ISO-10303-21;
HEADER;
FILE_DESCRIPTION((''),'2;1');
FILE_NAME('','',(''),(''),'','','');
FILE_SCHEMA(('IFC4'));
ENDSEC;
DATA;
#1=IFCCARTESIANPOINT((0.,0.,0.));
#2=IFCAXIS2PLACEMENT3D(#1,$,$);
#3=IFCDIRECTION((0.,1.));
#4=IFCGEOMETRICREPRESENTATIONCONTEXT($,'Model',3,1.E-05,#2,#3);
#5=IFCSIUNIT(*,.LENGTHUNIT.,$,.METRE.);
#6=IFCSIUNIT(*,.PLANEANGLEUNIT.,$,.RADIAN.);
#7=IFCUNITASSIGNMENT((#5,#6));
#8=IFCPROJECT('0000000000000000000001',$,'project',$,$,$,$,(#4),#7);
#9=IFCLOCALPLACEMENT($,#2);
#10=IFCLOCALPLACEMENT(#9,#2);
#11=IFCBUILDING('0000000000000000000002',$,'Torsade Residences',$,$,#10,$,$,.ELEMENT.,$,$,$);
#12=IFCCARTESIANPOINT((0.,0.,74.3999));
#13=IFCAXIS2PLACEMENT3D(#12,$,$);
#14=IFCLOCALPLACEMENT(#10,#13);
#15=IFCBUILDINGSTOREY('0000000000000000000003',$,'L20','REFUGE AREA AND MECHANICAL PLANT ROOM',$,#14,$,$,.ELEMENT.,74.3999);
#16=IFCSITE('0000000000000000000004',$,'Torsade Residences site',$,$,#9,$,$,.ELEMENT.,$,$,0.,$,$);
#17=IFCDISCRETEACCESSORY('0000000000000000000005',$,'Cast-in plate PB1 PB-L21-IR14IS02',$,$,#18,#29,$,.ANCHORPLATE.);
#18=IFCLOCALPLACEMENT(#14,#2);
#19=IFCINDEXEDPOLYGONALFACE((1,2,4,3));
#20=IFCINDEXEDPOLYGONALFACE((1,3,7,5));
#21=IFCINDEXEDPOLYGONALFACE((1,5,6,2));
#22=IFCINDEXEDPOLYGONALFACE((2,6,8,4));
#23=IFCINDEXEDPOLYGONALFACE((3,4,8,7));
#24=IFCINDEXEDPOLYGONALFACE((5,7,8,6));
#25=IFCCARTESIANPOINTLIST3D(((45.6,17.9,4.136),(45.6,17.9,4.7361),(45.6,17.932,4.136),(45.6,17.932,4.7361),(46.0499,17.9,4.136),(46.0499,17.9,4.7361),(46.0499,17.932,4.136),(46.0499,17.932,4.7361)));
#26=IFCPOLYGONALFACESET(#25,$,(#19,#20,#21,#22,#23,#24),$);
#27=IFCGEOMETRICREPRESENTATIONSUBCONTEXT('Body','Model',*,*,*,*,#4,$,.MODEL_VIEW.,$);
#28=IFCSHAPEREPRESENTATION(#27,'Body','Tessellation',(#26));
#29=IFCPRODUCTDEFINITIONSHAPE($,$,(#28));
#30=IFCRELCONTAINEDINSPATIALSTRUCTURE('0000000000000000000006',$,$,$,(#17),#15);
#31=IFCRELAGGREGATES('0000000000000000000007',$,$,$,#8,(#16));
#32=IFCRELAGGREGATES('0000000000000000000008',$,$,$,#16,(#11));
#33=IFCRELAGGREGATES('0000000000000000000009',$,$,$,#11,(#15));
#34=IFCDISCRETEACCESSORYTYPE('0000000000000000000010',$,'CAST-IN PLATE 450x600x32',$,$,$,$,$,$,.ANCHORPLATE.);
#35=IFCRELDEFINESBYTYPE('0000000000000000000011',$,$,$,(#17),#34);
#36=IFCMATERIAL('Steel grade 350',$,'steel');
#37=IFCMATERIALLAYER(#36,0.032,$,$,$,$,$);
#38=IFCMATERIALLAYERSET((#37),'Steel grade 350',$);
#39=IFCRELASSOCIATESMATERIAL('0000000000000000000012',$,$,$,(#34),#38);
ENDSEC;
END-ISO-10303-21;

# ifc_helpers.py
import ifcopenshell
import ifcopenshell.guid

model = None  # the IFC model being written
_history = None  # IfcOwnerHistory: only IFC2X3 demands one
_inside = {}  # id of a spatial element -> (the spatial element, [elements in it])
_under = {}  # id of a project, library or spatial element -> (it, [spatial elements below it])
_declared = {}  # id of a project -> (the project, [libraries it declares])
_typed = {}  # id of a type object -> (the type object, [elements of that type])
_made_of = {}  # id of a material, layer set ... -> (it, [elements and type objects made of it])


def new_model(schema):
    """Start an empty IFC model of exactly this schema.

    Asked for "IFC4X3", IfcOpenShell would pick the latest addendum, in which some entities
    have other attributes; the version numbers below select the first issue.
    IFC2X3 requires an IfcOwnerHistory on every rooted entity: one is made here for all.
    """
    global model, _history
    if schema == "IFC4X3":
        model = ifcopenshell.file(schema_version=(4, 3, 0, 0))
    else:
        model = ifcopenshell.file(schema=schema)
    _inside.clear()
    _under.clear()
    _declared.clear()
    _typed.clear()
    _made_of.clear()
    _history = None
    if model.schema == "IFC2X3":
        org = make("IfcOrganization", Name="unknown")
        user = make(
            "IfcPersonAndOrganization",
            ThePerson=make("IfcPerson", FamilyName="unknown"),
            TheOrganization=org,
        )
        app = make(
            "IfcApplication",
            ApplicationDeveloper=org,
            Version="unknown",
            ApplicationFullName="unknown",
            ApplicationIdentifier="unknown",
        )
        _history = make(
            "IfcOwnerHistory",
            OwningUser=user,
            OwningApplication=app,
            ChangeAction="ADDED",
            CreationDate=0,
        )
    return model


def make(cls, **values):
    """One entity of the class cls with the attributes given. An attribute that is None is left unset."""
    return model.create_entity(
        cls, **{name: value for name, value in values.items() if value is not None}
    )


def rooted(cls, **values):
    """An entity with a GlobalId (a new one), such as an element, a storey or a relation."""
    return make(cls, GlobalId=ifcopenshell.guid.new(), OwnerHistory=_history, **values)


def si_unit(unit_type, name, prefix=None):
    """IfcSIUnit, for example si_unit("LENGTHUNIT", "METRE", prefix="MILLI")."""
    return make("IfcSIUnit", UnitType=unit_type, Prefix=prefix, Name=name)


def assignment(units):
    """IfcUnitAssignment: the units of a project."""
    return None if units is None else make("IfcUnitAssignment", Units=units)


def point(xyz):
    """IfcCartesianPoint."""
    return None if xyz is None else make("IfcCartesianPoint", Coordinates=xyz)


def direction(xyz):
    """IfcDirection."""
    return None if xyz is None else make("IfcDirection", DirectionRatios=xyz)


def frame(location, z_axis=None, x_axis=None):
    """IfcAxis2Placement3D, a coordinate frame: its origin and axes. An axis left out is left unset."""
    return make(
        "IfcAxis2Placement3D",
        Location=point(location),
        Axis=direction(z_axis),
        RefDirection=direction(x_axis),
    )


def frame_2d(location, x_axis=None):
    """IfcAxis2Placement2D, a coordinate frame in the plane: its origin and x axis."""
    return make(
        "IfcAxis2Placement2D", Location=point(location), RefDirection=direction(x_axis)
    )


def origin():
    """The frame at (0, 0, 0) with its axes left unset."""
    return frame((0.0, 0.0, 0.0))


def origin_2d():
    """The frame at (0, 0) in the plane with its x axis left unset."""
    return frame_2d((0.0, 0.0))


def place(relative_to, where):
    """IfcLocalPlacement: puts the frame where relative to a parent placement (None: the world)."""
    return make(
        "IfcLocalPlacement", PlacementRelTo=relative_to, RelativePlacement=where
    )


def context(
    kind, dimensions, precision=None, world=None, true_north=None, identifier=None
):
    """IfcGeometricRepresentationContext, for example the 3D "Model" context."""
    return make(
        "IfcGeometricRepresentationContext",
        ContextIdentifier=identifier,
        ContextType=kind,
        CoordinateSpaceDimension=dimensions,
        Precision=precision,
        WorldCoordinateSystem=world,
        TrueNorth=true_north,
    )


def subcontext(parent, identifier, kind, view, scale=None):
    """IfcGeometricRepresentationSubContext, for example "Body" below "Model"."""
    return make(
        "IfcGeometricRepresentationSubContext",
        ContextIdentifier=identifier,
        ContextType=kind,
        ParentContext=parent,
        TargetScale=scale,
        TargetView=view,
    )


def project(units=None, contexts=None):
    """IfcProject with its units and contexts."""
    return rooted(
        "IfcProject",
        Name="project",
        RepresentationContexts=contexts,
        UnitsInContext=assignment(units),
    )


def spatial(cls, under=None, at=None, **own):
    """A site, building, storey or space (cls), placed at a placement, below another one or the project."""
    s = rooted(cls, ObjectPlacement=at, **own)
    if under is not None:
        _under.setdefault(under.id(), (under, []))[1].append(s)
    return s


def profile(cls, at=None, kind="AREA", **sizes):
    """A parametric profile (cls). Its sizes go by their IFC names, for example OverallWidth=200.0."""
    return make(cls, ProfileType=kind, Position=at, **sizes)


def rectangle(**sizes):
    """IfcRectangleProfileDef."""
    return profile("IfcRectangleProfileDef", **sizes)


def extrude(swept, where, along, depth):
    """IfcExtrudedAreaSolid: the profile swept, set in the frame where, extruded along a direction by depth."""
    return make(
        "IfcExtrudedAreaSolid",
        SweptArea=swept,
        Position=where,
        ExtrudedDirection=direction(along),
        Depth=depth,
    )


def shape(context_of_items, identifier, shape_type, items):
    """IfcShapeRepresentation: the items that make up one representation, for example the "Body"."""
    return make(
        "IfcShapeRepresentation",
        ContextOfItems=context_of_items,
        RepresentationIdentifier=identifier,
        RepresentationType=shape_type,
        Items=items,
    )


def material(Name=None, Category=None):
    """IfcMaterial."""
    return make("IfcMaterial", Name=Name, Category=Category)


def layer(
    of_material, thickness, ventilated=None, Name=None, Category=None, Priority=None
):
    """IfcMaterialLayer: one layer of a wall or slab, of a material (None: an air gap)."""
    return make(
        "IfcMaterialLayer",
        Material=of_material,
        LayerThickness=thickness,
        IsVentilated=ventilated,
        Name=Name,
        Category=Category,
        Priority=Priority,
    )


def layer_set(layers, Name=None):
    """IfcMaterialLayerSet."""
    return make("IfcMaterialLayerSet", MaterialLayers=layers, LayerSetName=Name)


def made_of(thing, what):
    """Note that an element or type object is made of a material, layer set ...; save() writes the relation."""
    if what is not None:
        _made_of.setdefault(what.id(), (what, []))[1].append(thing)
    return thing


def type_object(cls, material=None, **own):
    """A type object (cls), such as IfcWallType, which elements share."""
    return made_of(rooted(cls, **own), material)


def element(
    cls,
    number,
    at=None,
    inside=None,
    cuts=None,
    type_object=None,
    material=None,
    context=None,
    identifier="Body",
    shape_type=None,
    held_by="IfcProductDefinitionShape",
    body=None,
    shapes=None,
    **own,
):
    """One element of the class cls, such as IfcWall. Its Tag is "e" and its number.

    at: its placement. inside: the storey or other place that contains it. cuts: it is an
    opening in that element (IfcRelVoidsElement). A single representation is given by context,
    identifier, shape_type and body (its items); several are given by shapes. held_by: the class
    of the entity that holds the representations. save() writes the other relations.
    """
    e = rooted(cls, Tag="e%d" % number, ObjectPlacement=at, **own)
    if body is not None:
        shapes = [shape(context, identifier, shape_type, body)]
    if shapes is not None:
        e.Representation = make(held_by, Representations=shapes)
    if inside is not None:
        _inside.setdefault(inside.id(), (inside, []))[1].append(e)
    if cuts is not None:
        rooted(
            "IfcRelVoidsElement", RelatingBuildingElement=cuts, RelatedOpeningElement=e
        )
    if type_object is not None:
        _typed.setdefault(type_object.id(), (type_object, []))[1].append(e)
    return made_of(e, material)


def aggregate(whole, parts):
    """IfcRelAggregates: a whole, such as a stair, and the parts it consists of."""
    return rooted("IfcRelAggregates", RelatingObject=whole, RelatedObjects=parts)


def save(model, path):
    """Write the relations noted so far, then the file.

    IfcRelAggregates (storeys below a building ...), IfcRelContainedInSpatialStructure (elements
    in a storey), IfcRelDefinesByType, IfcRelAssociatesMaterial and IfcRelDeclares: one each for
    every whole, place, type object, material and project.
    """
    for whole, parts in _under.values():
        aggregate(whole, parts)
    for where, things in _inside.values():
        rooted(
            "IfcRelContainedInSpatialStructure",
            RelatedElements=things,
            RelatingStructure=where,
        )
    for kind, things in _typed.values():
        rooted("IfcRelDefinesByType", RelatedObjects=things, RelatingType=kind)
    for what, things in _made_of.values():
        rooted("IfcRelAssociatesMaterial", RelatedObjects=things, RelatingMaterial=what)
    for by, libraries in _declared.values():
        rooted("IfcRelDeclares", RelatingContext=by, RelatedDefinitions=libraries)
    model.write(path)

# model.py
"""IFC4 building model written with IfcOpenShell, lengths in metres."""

from ifc_helpers import new_model, si_unit, direction, frame, origin, origin_2d, place, context, subcontext, project, spatial, rectangle, extrude, material, layer, layer_set, type_object, element, save


model = new_model("IFC4")

# Units and contexts
model_context = context("Model", 3, precision=1e-05, world=origin(), true_north=direction((0.0, 1.0)))
body_context = subcontext(model_context, "Body", "Model", "MODEL_VIEW")
ifc_project = project(units=[si_unit("LENGTHUNIT", "METRE"), si_unit("PLANEANGLEUNIT", "RADIAN")], contexts=[model_context])

# Site, building, storey
site_placement = place(None, origin())
site = spatial("IfcSite", under=ifc_project, at=site_placement, Name="Torsade Residences site", CompositionType="ELEMENT", RefElevation=0.0)
building_placement = place(site_placement, origin())
building = spatial("IfcBuilding", under=site, at=building_placement, Name="Torsade Residences", CompositionType="ELEMENT")
storey_placement = place(building_placement, frame((0.0, 0.0, 74.3999)))
storey = spatial("IfcBuildingStorey", under=building, at=storey_placement, Name="L20", Description="REFUGE AREA AND MECHANICAL PLANT ROOM", CompositionType="ELEMENT", Elevation=74.3999)

# Discrete accessory
ifc_material_1 = material(Name="Steel grade 350", Category="steel")
ifc_layer_1 = layer(ifc_material_1, 0.032)
ifc_layer_set_1 = layer_set([ifc_layer_1], Name="Steel grade 350")
discrete_accessory_type = type_object("IfcDiscreteAccessoryType", Name="CAST-IN PLATE 450x600x32", PredefinedType="ANCHORPLATE", material=ifc_layer_set_1)
for number, where, z_axis, x_axis, name in (
    (1, (45.825, 17.916, 4.136), (0.0, 0.0, 1.0), (1.0, 0.0, 0.0), "Cast-in plate PB1 PB-L21-IR14IS02"),
):
    element("IfcDiscreteAccessory", number, at=place(storey_placement, frame(where, z_axis=z_axis, x_axis=x_axis)), inside=storey, type_object=discrete_accessory_type, Name=name, PredefinedType="ANCHORPLATE", context=body_context, shape_type="SweptSolid", body=[
        extrude(rectangle(XDim=0.45, YDim=0.032, at=origin_2d()), origin(), (0.0, 0.0, 1.0), 0.6001),
    ])

save(model, "model.ifc")
